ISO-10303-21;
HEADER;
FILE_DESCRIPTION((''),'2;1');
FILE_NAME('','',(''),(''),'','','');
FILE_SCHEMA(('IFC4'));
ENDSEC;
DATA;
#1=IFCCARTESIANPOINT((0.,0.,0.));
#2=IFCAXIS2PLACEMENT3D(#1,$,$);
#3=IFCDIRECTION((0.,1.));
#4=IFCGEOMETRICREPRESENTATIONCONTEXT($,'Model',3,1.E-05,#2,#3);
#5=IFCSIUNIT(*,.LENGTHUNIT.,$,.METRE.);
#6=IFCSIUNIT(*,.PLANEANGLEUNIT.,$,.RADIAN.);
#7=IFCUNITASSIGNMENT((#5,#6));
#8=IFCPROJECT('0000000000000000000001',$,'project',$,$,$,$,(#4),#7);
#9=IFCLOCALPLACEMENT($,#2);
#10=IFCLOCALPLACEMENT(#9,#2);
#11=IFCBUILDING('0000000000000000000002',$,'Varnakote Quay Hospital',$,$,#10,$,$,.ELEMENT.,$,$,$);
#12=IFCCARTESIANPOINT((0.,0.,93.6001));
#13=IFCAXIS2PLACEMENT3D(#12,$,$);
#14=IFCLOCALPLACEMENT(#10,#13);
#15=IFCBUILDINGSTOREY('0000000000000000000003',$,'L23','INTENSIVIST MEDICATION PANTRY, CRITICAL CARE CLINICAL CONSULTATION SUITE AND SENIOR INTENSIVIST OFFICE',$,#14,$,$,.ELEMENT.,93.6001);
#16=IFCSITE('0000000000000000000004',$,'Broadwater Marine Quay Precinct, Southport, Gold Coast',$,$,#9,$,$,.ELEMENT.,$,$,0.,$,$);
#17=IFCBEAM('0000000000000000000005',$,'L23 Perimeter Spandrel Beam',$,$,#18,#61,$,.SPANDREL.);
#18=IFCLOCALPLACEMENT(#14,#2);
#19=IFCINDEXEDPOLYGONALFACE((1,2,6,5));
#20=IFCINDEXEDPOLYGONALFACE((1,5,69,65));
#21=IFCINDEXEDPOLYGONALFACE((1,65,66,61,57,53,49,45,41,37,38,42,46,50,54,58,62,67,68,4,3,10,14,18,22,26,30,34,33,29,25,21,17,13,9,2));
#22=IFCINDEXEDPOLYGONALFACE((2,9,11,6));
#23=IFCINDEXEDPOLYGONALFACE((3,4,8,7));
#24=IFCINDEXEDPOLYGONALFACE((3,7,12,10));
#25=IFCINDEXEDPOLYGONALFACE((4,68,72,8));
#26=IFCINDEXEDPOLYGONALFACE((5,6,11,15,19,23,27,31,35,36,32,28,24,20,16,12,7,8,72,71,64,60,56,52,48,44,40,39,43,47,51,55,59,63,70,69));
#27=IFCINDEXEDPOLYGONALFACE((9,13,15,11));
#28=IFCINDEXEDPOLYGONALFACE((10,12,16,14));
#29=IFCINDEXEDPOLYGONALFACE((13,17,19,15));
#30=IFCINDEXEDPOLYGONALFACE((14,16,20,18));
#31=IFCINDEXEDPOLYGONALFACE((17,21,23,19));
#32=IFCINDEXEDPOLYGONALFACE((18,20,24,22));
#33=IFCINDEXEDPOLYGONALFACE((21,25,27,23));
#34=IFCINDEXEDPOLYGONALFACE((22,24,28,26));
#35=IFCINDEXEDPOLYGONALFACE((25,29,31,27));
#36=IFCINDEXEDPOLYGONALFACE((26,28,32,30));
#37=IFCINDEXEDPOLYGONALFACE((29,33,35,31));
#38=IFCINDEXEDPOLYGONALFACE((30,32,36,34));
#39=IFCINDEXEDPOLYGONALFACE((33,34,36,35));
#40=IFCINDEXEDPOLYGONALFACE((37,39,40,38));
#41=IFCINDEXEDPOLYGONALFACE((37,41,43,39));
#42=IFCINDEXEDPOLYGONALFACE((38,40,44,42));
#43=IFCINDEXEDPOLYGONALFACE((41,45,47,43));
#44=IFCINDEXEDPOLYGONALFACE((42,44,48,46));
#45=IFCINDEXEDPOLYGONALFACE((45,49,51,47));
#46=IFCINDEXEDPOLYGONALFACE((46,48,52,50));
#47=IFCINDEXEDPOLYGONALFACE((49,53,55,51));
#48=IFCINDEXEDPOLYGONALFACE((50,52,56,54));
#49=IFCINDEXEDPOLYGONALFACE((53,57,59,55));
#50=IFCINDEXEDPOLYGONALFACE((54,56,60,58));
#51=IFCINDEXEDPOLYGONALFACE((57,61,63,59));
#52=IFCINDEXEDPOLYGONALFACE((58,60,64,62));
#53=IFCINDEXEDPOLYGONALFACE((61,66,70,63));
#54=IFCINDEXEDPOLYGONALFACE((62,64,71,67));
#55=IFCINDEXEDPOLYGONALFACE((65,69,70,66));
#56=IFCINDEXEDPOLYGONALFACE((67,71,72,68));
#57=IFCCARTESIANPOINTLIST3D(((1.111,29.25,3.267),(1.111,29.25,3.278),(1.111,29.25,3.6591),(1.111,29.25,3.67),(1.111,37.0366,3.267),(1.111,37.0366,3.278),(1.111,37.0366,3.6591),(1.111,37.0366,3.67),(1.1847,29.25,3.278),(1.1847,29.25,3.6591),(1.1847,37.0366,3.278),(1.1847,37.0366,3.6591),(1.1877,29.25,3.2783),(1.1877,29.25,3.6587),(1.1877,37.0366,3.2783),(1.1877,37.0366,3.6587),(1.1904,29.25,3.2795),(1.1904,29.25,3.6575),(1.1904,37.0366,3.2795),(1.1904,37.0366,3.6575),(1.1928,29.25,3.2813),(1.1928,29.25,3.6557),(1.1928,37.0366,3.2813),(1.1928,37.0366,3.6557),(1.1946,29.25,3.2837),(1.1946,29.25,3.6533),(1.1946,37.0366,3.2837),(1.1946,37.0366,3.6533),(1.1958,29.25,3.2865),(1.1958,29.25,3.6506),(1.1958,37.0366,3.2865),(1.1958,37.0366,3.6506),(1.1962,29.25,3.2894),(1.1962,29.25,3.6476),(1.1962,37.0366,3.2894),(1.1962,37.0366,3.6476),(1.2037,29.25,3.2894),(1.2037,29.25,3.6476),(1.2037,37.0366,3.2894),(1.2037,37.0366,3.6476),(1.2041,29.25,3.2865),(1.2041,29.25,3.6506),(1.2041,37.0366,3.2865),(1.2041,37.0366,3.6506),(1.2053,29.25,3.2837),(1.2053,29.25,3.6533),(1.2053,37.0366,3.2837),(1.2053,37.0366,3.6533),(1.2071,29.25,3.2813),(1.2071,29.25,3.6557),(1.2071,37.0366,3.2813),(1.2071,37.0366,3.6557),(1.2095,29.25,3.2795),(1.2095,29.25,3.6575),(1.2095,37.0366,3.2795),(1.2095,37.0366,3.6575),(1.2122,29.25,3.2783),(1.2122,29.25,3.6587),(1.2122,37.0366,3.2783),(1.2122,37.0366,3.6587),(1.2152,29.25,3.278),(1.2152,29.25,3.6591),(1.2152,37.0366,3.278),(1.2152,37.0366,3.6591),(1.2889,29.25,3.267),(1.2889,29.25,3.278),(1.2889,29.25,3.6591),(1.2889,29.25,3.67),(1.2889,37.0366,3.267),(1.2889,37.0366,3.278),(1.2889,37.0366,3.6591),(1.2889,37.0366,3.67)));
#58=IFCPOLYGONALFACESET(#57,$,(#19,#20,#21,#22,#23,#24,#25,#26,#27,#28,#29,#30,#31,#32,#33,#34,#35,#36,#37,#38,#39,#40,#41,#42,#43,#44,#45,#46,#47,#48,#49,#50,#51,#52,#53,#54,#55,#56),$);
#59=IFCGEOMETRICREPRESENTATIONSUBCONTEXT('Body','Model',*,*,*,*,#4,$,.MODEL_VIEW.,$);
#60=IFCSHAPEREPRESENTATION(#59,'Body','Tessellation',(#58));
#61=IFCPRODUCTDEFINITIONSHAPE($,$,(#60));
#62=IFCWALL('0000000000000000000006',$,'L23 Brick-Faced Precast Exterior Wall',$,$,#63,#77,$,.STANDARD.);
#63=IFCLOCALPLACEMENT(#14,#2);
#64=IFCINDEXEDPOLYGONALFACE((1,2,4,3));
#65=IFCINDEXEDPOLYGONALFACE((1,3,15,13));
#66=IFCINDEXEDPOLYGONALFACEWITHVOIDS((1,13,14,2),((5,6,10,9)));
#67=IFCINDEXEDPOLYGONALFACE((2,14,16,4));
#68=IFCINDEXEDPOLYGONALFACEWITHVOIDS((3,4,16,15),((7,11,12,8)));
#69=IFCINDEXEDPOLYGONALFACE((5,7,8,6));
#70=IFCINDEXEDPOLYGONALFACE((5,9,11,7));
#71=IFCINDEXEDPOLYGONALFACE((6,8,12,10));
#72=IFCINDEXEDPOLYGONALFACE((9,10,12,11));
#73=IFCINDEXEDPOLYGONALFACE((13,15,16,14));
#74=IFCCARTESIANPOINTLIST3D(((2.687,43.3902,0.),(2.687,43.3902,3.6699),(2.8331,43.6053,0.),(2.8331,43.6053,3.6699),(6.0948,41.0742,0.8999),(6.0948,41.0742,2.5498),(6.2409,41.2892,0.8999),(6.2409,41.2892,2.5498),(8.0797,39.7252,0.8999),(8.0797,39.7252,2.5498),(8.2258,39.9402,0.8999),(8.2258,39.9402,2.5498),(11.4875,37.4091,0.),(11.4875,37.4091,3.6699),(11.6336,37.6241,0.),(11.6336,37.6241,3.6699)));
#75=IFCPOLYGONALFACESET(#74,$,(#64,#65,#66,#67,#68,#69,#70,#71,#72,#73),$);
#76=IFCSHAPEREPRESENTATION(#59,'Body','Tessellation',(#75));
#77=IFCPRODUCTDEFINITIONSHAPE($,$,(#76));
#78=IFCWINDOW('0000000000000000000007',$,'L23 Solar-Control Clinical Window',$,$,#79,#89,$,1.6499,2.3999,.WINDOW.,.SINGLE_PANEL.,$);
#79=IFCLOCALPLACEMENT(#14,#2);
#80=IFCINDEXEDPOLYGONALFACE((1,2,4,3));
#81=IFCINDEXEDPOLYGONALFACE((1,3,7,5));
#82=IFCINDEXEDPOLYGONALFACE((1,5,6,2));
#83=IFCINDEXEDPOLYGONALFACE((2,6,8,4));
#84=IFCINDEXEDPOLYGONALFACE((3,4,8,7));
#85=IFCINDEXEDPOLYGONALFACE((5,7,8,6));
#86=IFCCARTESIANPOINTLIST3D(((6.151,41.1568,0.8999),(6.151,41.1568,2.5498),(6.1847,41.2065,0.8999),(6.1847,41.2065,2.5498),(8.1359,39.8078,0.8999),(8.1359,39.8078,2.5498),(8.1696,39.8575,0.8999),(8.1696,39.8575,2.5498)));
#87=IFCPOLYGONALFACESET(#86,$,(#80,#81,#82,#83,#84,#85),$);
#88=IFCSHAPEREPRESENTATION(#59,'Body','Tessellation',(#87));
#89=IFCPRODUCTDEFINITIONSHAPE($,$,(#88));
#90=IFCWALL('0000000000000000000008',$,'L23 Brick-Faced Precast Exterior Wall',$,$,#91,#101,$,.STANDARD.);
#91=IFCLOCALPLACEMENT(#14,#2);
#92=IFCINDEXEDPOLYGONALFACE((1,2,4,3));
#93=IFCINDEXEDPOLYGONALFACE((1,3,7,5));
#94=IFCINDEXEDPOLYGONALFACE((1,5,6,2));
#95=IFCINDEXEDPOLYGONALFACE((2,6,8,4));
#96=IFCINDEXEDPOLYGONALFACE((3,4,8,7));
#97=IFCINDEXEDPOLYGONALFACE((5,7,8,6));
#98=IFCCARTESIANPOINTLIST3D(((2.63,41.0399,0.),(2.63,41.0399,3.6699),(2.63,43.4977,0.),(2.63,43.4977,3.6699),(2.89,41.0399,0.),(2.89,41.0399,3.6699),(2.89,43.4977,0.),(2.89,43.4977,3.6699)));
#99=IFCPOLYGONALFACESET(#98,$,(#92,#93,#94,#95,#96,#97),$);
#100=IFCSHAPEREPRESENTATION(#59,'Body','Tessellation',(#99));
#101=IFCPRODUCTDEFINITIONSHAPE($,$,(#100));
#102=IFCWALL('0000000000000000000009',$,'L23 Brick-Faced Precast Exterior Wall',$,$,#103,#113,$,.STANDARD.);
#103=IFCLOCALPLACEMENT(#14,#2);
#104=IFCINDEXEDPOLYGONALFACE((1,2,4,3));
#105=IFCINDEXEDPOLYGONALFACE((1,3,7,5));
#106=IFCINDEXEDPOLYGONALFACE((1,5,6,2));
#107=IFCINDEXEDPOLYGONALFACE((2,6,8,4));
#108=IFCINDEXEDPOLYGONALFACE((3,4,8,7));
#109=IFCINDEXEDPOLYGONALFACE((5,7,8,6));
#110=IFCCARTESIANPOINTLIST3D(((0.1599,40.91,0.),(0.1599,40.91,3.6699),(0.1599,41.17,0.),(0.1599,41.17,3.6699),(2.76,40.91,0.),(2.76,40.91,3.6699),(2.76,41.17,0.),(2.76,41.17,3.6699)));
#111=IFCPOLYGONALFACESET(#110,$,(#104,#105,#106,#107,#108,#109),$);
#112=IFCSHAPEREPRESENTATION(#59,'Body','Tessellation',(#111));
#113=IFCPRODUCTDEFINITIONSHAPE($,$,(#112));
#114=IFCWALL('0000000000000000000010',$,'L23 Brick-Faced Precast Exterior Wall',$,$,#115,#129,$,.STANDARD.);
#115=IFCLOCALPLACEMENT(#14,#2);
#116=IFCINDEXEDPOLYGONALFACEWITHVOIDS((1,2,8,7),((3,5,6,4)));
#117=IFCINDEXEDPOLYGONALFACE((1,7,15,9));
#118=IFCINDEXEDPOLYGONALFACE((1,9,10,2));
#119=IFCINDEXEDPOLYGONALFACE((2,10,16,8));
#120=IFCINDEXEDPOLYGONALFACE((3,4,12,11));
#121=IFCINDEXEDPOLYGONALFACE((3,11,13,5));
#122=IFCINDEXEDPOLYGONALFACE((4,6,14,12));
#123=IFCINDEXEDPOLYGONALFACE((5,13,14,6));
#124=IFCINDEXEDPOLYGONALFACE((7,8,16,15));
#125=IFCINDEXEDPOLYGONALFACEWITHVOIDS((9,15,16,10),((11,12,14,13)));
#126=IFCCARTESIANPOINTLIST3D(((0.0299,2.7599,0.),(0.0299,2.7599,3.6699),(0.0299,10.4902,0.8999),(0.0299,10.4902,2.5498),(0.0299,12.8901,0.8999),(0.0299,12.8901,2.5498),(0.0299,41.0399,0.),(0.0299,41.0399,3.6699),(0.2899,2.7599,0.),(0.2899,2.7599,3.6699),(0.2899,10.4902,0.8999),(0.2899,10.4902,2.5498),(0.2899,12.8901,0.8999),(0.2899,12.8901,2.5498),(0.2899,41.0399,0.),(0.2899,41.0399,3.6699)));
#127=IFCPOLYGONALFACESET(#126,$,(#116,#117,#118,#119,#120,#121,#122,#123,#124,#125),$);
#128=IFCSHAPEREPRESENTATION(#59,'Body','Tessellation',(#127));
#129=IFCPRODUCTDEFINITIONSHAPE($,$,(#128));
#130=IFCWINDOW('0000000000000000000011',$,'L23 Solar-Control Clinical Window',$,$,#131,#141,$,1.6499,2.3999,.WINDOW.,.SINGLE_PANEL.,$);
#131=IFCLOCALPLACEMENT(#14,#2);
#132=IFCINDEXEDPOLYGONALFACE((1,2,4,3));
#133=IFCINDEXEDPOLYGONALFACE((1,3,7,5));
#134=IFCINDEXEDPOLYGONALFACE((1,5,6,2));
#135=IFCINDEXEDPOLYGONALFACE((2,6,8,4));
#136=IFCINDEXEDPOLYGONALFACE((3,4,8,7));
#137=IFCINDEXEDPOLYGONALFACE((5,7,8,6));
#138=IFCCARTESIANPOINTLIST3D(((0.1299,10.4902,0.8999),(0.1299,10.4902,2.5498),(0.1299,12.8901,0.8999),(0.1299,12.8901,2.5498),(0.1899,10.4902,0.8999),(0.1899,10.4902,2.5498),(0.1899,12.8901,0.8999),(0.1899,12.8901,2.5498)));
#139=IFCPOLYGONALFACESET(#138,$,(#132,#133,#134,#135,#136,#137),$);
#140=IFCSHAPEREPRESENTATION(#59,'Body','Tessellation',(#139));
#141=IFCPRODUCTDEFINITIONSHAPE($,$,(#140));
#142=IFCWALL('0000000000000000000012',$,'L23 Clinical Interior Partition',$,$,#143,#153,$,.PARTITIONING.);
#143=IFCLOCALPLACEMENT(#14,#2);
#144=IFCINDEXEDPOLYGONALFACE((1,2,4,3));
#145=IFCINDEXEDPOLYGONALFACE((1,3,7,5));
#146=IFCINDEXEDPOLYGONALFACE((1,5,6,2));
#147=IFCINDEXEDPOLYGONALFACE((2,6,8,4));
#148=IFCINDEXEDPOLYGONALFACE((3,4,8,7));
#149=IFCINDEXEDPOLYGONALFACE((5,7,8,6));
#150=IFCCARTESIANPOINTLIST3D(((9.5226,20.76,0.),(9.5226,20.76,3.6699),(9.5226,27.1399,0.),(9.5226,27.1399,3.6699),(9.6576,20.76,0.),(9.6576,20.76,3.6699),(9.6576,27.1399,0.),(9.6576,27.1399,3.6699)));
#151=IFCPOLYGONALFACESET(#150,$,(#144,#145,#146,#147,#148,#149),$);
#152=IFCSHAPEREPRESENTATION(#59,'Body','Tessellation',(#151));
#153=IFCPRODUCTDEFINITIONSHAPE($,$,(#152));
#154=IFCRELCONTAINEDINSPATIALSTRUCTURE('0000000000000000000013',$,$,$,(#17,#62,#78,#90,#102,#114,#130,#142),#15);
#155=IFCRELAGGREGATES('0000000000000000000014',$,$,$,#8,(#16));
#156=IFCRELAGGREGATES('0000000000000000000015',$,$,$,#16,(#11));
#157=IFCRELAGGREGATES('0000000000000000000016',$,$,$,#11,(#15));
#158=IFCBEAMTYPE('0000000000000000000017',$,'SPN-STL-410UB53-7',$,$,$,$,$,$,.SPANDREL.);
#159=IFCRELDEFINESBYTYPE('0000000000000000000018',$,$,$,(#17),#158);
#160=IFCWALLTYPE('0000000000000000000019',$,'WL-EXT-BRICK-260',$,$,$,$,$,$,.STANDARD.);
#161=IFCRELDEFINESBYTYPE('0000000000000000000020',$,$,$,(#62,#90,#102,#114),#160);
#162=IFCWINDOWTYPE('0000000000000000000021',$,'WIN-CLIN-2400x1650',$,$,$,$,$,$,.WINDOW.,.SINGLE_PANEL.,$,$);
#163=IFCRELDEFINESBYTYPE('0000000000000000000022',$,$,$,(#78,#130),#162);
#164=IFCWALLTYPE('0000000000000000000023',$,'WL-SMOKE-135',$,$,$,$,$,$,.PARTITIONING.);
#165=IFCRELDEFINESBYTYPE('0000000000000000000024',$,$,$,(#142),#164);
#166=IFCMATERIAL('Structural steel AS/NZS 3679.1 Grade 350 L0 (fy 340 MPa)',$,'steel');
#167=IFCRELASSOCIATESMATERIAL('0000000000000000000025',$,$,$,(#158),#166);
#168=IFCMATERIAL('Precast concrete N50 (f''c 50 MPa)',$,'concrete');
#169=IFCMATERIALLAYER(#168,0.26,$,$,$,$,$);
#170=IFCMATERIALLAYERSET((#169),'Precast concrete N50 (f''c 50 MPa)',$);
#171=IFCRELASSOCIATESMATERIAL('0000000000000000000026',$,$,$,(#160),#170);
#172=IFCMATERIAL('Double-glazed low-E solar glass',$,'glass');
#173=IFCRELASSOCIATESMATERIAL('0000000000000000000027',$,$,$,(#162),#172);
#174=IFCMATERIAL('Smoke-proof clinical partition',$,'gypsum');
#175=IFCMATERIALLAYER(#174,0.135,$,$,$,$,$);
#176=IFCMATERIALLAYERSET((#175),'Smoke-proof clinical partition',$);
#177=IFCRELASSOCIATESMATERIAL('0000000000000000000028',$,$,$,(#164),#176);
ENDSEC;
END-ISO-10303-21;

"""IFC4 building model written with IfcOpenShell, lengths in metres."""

from ifc_helpers import new_model, si_unit, direction, frame, frame_2d, origin, origin_2d, place, context, subcontext, project, spatial, rectangle, i_section, extrude, material, layer, layer_set, material_profile, profile_set, type_object, element, fill, save


model = new_model("IFC4")

# Units and contexts
model_context = context("Model", 3, precision=1e-05, world=origin(), true_north=direction((0.0, 1.0)))
body_context = subcontext(model_context, "Body", "Model", "MODEL_VIEW")
ifc_project = project(units=[si_unit("LENGTHUNIT", "METRE"), si_unit("PLANEANGLEUNIT", "RADIAN")], contexts=[model_context])

# Site, building, storey
site_placement = place(None, origin())
site = spatial("IfcSite", under=ifc_project, at=site_placement, Name="Broadwater Marine Quay Precinct, Southport, Gold Coast", CompositionType="ELEMENT", RefElevation=0.0)
building_placement = place(site_placement, origin())
building = spatial("IfcBuilding", under=site, at=building_placement, Name="Varnakote Quay Hospital", CompositionType="ELEMENT")
storey_placement = place(building_placement, frame((0.0, 0.0, 93.6001)))
storey = spatial("IfcBuildingStorey", under=building, at=storey_placement, Name="L23", Description="INTENSIVIST MEDICATION PANTRY, CRITICAL CARE CLINICAL CONSULTATION SUITE AND SENIOR INTENSIVIST OFFICE", CompositionType="ELEMENT", Elevation=93.6001)

# Beam
ifc_material_1 = material(Name="Structural steel AS/NZS 3679.1 Grade 350 L0 (fy 340 MPa)", Category="steel")
ifc_material_profile_1 = material_profile(ifc_material_1, i_section(OverallWidth=0.178, OverallDepth=0.4031, WebThickness=0.0076, FlangeThickness=0.011, FilletRadius=0.0115, at=origin_2d()), Name="410UB53.7")
ifc_profile_set_1 = profile_set([ifc_material_profile_1], Name="Structural steel AS/NZS 3679.1 Grade 350 L0 (fy 340 MPa)")
beam_type_1 = type_object("IfcBeamType", Name="SPN-STL-410UB53-7", PredefinedType="SPANDREL", material=ifc_profile_set_1)
beam_1_placement = place(storey_placement, frame((1.2, 29.25, 3.4685), z_axis=(0.0, 1.0, 0.0), x_axis=(-1.0, 0.0, 0.0)))
element("IfcBeam", 1, at=beam_1_placement, inside=storey, type_object=beam_type_1, Name="L23 Perimeter Spandrel Beam", PredefinedType="SPANDREL", context=body_context, shape_type="SweptSolid", body=[
    extrude(i_section(OverallWidth=0.178, OverallDepth=0.4031, WebThickness=0.0076, FlangeThickness=0.011, FilletRadius=0.0115, at=origin_2d()), origin(), (0.0, 0.0, 1.0), 7.7866),
])

# Wall, opening, window
ifc_material_2 = material(Name="Precast concrete N50 (f'c 50 MPa)", Category="concrete")
ifc_layer_1 = layer(ifc_material_2, 0.26)
ifc_layer_set_1 = layer_set([ifc_layer_1], Name="Precast concrete N50 (f'c 50 MPa)")
wall_type_1 = type_object("IfcWallType", Name="WL-EXT-BRICK-260", PredefinedType="STANDARD", material=ifc_layer_set_1)
wall_1_placement = place(storey_placement, frame((11.5605, 37.5166, 0.0), z_axis=(0.0, 0.0, 1.0), x_axis=(-0.827065, 0.562107, 0.0)))
wall_1 = element("IfcWall", 2, at=wall_1_placement, inside=storey, type_object=wall_type_1, Name="L23 Brick-Faced Precast Exterior Wall", PredefinedType="STANDARD", context=body_context, shape_type="SweptSolid", body=[
    extrude(rectangle(XDim=10.6406, YDim=0.26, at=frame_2d((5.3203, 0.0))), origin(), (0.0, 0.0, 1.0), 3.6699),
])
opening_1_placement = place(wall_1_placement, frame((4.1204, 0.0, 0.8999)))
opening_1 = element("IfcOpeningElement", 3, at=opening_1_placement, cuts=wall_1, PredefinedType="OPENING", context=body_context, shape_type="SweptSolid", body=[
    extrude(rectangle(XDim=2.3999, YDim=1.6499, at=frame_2d((1.2, 0.825))), frame((0.0, 0.1399, 0.0), z_axis=(0.0, -1.0, 0.0), x_axis=(1.0, 0.0, 0.0)), (0.0, 0.0, 1.0), 0.28),
])
ifc_material_3 = material(Name="Double-glazed low-E solar glass", Category="glass")
window_type = type_object("IfcWindowType", Name="WIN-CLIN-2400x1650", PartitioningType="SINGLE_PANEL", PredefinedType="WINDOW", material=ifc_material_3)
window_1_placement = place(opening_1_placement, origin())
window_1 = element("IfcWindow", 4, at=window_1_placement, inside=storey, type_object=window_type, Name="L23 Solar-Control Clinical Window", OverallHeight=1.6499, OverallWidth=2.3999, PartitioningType="SINGLE_PANEL", PredefinedType="WINDOW", context=body_context, shape_type="SweptSolid", body=[
    extrude(rectangle(XDim=2.3999, YDim=1.6499, at=frame_2d((1.2, 0.825))), frame((0.0, 0.03, 0.0), z_axis=(0.0, -1.0, 0.0), x_axis=(1.0, 0.0, 0.0)), (0.0, 0.0, 1.0), 0.0601),
])
fill(opening_1, window_1)

# Walls
wall_2_placement = place(storey_placement, frame((2.76, 43.4978, 0.0), z_axis=(0.0, 0.0, 1.0), x_axis=(0.0, -1.0, 0.0)))
element("IfcWall", 5, at=wall_2_placement, inside=storey, type_object=wall_type_1, Name="L23 Brick-Faced Precast Exterior Wall", PredefinedType="STANDARD", context=body_context, shape_type="SweptSolid", body=[
    extrude(rectangle(XDim=2.4578, YDim=0.26, at=frame_2d((1.229, 0.0))), origin(), (0.0, 0.0, 1.0), 3.6699),
])
wall_3_placement = place(storey_placement, frame((2.76, 41.04, 0.0), z_axis=(0.0, 0.0, 1.0), x_axis=(-1.0, 0.0, 0.0)))
element("IfcWall", 6, at=wall_3_placement, inside=storey, type_object=wall_type_1, Name="L23 Brick-Faced Precast Exterior Wall", PredefinedType="STANDARD", context=body_context, shape_type="SweptSolid", body=[
    extrude(rectangle(XDim=2.6001, YDim=0.26, at=frame_2d((1.3, 0.0))), origin(), (0.0, 0.0, 1.0), 3.6699),
])

# Wall, opening, window
wall_4_placement = place(storey_placement, frame((0.1599, 41.04, 0.0), z_axis=(0.0, 0.0, 1.0), x_axis=(0.0, -1.0, 0.0)))
wall_4 = element("IfcWall", 7, at=wall_4_placement, inside=storey, type_object=wall_type_1, Name="L23 Brick-Faced Precast Exterior Wall", PredefinedType="STANDARD", context=body_context, shape_type="SweptSolid", body=[
    extrude(rectangle(XDim=38.28, YDim=0.26, at=frame_2d((19.1401, 0.0))), origin(), (0.0, 0.0, 1.0), 3.6699),
])
opening_2_placement = place(wall_4_placement, frame((28.1499, 0.0, 0.8999)))
opening_2 = element("IfcOpeningElement", 8, at=opening_2_placement, cuts=wall_4, PredefinedType="OPENING", context=body_context, shape_type="SweptSolid", body=[
    extrude(rectangle(XDim=2.3999, YDim=1.6499, at=frame_2d((1.2, 0.825))), frame((0.0, 0.1399, 0.0), z_axis=(0.0, -1.0, 0.0), x_axis=(1.0, 0.0, 0.0)), (0.0, 0.0, 1.0), 0.28),
])
window_2_placement = place(opening_2_placement, origin())
window_2 = element("IfcWindow", 9, at=window_2_placement, inside=storey, type_object=window_type, Name="L23 Solar-Control Clinical Window", OverallHeight=1.6499, OverallWidth=2.3999, PartitioningType="SINGLE_PANEL", PredefinedType="WINDOW", context=body_context, shape_type="SweptSolid", body=[
    extrude(rectangle(XDim=2.3999, YDim=1.6499, at=frame_2d((1.2, 0.825))), frame((0.0, 0.03, 0.0), z_axis=(0.0, -1.0, 0.0), x_axis=(1.0, 0.0, 0.0)), (0.0, 0.0, 1.0), 0.0601),
])
fill(opening_2, window_2)

# Wall
ifc_material_4 = material(Name="Smoke-proof clinical partition", Category="gypsum")
ifc_layer_2 = layer(ifc_material_4, 0.135)
ifc_layer_set_2 = layer_set([ifc_layer_2], Name="Smoke-proof clinical partition")
wall_type_2 = type_object("IfcWallType", Name="WL-SMOKE-135", PredefinedType="PARTITIONING", material=ifc_layer_set_2)
wall_5_placement = place(storey_placement, frame((9.5901, 20.76, 0.0), z_axis=(0.0, 0.0, 1.0), x_axis=(0.0, 1.0, 0.0)))
element("IfcWall", 10, at=wall_5_placement, inside=storey, type_object=wall_type_2, Name="L23 Clinical Interior Partition", PredefinedType="PARTITIONING", context=body_context, shape_type="SweptSolid", body=[
    extrude(rectangle(XDim=6.3799, YDim=0.135, at=frame_2d((3.1899, 0.0))), origin(), (0.0, 0.0, 1.0), 3.6699),
])

save(model, "model.ifc")
